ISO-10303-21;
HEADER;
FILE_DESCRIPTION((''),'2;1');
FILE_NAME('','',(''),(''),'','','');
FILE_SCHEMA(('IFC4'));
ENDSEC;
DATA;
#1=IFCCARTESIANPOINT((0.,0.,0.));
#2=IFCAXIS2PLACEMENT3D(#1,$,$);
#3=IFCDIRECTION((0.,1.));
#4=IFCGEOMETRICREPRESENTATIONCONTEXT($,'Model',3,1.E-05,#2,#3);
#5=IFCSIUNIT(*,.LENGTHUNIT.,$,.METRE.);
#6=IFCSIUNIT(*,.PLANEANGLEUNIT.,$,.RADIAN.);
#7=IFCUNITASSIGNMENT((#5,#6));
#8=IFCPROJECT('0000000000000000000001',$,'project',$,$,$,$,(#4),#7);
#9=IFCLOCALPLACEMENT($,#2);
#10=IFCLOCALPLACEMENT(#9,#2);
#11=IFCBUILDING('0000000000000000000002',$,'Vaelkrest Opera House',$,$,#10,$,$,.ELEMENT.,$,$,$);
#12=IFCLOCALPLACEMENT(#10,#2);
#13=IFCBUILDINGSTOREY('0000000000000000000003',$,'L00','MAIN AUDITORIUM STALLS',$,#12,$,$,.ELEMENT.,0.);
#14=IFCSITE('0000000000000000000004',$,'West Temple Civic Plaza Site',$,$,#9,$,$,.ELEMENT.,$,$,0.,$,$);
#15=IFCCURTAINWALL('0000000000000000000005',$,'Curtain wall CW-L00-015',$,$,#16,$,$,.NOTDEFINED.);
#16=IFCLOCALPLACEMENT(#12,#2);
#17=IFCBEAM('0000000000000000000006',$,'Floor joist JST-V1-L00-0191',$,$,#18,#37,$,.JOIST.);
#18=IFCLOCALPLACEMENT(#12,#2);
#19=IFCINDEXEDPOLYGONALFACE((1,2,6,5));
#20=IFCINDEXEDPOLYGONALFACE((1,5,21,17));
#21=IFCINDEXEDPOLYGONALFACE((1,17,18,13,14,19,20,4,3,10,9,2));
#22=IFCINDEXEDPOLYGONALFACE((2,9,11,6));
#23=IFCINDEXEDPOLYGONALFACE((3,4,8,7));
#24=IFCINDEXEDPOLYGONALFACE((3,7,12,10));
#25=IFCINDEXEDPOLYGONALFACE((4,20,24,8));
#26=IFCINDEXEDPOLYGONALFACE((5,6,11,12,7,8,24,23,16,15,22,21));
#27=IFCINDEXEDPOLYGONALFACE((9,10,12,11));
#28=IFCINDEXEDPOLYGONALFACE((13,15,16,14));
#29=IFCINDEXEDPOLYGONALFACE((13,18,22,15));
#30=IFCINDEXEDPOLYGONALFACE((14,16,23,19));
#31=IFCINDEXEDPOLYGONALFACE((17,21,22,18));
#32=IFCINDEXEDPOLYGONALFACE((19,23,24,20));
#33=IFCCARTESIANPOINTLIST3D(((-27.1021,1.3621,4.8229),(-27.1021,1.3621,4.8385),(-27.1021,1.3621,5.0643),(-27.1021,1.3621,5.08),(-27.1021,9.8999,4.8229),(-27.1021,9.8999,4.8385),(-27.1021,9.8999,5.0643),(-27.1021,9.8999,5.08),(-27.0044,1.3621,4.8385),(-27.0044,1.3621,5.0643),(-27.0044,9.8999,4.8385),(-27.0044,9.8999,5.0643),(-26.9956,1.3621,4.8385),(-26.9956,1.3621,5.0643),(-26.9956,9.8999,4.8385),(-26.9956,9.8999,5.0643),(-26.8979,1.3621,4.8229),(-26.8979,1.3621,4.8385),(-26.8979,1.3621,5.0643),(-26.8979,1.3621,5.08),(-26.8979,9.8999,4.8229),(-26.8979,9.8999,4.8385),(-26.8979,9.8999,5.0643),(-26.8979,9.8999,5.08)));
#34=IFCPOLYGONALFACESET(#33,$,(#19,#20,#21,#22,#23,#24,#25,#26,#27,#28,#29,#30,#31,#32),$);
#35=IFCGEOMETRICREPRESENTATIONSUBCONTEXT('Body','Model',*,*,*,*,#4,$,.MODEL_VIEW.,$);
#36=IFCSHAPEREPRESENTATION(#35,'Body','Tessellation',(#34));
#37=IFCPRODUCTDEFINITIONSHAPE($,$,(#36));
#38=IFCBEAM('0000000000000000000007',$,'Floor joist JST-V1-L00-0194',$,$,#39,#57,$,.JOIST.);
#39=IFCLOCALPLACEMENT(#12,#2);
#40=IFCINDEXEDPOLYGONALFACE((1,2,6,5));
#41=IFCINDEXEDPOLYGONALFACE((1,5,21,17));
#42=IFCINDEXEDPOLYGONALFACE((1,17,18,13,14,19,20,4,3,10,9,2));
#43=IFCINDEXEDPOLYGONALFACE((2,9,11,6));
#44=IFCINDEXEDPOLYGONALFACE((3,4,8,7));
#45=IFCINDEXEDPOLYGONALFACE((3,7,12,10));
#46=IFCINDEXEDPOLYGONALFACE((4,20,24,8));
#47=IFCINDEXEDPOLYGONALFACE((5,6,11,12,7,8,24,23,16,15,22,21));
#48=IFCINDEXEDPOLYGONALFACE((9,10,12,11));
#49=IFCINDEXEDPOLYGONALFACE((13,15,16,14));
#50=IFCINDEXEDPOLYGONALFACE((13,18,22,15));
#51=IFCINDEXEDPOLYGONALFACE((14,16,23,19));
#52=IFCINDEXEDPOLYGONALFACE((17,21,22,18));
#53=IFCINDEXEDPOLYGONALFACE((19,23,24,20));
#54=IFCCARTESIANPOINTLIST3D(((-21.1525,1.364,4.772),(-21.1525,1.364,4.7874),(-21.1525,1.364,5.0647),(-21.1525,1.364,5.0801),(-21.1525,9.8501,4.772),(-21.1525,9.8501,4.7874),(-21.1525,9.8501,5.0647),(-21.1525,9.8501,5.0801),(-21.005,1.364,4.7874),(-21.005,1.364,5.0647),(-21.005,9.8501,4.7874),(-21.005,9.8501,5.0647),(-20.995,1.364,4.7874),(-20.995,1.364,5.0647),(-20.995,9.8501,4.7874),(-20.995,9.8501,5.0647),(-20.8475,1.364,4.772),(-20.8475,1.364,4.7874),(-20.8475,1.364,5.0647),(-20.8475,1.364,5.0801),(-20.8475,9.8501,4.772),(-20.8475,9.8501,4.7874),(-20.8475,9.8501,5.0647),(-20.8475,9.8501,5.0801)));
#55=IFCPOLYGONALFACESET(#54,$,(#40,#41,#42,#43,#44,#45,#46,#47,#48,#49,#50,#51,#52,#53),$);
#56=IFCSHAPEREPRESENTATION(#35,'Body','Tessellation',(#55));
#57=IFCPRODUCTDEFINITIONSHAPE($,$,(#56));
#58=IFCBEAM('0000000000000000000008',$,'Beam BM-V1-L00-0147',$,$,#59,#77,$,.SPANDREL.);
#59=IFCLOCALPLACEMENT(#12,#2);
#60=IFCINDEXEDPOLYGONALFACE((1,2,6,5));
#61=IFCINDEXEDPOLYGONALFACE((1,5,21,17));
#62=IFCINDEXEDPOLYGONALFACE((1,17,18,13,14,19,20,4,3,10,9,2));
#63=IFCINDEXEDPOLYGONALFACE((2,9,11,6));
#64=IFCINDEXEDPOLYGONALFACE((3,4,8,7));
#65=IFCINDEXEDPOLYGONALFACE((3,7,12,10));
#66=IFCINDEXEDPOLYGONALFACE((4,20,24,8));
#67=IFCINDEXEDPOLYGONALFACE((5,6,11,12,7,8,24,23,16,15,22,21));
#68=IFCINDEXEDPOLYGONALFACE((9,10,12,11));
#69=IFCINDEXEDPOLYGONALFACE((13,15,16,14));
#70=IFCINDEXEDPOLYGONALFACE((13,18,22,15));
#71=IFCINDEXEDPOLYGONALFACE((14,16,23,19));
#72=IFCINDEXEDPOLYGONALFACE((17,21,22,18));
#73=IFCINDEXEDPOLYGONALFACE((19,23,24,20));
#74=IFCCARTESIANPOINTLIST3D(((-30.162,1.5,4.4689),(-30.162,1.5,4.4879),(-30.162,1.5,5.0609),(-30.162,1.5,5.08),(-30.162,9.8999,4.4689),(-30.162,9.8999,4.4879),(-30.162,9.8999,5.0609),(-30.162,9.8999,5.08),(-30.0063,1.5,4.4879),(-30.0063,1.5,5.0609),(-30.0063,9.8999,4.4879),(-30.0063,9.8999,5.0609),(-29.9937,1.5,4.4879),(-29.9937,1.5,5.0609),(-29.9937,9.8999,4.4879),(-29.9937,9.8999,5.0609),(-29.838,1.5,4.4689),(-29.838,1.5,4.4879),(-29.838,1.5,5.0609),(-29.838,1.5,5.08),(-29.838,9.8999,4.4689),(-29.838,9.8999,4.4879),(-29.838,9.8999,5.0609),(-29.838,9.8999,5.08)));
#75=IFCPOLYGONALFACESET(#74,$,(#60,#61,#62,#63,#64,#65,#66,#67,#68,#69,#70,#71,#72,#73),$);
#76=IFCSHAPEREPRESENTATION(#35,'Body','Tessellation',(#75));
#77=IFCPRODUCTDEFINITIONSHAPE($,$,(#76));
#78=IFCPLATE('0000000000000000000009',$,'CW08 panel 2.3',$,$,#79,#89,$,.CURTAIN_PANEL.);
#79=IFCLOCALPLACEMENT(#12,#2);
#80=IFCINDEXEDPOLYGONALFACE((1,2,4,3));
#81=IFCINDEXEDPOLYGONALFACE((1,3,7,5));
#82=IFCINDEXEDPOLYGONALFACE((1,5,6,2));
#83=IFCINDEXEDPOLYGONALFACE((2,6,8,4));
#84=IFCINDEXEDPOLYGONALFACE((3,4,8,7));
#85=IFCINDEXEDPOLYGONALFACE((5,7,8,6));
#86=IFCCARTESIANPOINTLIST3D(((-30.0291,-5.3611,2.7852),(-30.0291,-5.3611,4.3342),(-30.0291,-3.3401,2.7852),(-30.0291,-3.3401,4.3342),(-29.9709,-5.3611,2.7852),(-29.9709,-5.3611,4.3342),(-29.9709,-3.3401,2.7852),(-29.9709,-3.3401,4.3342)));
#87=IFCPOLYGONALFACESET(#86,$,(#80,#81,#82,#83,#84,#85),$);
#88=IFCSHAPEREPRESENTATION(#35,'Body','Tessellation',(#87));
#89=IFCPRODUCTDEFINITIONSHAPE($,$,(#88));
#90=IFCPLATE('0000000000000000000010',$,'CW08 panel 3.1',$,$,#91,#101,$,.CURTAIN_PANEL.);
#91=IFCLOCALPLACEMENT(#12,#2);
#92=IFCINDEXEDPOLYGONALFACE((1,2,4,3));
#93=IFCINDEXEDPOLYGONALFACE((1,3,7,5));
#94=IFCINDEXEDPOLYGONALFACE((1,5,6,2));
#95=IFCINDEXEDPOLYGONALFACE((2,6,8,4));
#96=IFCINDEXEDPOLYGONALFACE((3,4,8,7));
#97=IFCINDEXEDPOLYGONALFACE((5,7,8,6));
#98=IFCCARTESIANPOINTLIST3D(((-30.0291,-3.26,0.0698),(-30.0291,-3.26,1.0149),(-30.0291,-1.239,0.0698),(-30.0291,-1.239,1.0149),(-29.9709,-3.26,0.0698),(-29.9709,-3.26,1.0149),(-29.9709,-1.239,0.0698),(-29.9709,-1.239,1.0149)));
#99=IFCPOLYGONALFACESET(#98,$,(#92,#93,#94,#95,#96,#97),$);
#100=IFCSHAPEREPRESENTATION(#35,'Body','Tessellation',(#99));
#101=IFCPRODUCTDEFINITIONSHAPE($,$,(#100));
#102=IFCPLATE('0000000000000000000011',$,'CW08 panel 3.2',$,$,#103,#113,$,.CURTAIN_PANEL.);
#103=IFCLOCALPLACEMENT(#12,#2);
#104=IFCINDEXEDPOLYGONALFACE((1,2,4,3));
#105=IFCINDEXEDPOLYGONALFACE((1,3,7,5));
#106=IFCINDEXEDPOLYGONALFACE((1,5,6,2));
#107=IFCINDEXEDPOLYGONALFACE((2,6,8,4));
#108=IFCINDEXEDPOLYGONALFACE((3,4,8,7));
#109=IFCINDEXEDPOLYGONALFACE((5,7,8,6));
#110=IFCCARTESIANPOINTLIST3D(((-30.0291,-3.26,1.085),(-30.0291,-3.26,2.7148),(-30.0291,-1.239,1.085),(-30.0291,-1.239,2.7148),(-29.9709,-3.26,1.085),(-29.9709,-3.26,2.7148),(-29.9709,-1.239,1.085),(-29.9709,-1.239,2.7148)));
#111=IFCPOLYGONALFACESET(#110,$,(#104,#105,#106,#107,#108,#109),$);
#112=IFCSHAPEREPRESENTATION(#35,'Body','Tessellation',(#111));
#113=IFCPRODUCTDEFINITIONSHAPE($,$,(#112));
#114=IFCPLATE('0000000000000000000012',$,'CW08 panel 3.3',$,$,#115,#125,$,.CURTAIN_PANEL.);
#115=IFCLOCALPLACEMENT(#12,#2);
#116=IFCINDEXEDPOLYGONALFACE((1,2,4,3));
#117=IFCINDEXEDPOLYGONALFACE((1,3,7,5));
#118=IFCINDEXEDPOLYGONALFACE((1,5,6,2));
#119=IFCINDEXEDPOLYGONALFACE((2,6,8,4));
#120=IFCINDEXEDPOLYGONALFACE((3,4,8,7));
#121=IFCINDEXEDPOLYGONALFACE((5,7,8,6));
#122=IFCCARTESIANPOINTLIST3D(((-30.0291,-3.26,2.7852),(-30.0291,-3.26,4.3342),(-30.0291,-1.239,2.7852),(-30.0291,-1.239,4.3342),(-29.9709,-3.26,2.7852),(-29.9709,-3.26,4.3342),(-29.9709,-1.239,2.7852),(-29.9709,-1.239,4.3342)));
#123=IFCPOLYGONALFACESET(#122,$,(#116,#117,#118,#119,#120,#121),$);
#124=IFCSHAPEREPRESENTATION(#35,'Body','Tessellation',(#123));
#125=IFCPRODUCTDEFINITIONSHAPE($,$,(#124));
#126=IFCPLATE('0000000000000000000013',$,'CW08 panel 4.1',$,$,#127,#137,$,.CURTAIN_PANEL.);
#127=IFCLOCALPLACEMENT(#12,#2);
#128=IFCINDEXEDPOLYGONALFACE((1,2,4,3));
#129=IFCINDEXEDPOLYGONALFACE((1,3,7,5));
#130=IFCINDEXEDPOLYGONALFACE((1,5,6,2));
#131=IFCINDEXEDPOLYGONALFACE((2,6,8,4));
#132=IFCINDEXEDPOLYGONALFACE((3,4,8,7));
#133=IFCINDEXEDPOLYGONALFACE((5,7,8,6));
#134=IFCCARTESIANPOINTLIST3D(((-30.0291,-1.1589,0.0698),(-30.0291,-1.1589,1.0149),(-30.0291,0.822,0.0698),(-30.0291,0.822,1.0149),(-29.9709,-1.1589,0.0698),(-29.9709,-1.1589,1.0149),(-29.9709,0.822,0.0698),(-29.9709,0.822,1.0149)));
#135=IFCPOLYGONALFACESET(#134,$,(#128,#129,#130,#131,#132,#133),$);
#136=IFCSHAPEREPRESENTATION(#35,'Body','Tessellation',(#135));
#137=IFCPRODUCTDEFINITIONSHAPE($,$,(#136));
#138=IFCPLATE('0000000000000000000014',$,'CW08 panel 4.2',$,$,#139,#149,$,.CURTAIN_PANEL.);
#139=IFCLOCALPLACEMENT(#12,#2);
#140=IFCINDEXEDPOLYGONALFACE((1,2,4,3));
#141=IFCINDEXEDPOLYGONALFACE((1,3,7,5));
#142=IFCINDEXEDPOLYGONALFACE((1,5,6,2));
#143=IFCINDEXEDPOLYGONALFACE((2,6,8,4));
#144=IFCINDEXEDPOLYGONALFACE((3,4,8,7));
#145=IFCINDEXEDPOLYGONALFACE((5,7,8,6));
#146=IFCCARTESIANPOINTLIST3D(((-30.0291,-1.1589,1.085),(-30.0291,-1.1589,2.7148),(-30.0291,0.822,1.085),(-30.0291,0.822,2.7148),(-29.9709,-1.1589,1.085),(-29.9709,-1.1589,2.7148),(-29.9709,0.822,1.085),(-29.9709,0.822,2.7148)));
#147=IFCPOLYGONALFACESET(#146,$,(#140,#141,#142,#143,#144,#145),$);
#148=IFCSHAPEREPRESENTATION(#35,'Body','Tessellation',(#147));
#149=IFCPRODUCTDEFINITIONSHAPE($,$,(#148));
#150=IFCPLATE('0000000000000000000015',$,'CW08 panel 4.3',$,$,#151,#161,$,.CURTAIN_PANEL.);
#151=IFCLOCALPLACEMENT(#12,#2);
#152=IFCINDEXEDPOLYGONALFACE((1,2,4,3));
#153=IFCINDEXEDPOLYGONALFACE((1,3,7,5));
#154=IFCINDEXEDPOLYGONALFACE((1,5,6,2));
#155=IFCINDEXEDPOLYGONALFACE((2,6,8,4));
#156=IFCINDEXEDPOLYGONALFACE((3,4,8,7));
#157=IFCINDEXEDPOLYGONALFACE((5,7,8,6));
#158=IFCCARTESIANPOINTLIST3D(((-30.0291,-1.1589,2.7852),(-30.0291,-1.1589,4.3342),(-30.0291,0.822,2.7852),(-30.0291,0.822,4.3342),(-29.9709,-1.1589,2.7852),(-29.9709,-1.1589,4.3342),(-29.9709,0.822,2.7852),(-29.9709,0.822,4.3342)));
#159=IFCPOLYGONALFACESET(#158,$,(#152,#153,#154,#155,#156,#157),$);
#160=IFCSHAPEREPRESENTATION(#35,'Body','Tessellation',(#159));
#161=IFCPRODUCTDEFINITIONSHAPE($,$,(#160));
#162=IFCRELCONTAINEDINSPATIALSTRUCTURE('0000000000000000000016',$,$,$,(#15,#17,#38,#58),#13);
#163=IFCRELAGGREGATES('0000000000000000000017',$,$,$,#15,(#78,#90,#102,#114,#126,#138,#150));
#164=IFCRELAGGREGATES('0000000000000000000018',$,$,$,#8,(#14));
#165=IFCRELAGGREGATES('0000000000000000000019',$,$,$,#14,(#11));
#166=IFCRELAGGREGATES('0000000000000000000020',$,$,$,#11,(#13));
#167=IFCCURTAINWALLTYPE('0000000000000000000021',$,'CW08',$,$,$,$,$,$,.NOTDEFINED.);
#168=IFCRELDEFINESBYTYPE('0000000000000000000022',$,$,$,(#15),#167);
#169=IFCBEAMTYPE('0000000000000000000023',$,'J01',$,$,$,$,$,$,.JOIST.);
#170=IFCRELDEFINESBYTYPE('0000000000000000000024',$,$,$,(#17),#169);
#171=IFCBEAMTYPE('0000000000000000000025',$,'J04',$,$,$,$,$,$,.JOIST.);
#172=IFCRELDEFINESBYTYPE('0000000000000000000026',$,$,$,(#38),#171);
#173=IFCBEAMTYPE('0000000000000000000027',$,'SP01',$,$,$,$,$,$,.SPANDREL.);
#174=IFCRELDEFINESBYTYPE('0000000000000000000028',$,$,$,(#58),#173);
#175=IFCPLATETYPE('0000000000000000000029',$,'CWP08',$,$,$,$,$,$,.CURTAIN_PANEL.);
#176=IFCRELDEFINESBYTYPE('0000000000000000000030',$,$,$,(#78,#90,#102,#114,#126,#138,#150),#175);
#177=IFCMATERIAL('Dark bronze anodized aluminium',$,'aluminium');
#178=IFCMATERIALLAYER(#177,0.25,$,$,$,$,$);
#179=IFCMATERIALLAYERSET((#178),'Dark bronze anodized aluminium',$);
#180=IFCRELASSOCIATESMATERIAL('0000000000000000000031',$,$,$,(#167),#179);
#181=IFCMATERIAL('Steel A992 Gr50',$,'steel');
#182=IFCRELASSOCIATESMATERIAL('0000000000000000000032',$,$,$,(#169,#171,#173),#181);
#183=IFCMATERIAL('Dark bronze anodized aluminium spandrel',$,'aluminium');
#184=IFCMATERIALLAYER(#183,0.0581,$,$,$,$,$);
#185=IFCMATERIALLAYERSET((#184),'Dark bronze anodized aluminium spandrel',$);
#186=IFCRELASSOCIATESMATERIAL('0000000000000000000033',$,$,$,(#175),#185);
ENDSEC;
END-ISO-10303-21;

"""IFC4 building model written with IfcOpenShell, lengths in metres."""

from ifc_helpers import new_model, si_unit, direction, frame, origin, origin_2d, place, context, subcontext, project, spatial, rectangle, i_section, extrude, material, layer, layer_set, material_profile, profile_set, type_object, element, aggregate, save


model = new_model("IFC4")

# Units and contexts
model_context = context("Model", 3, precision=1e-05, world=origin(), true_north=direction((0.0, 1.0)))
body_context = subcontext(model_context, "Body", "Model", "MODEL_VIEW")
ifc_project = project(units=[si_unit("LENGTHUNIT", "METRE"), si_unit("PLANEANGLEUNIT", "RADIAN")], contexts=[model_context])

# Site, building, storey
site_placement = place(None, origin())
site = spatial("IfcSite", under=ifc_project, at=site_placement, Name="West Temple Civic Plaza Site", CompositionType="ELEMENT", RefElevation=0.0)
building_placement = place(site_placement, origin())
building = spatial("IfcBuilding", under=site, at=building_placement, Name="Vaelkrest Opera House", CompositionType="ELEMENT")
storey_placement = place(building_placement, origin())
storey = spatial("IfcBuildingStorey", under=building, at=storey_placement, Name="L00", Description="MAIN AUDITORIUM STALLS", CompositionType="ELEMENT", Elevation=0.0)

# Shared definitions
ifc_material_1 = material(Name="Steel A992 Gr50", Category="steel")

# Curtain wall
ifc_material_2 = material(Name="Dark bronze anodized aluminium", Category="aluminium")
ifc_layer_1 = layer(ifc_material_2, 0.25)
ifc_layer_set_1 = layer_set([ifc_layer_1], Name="Dark bronze anodized aluminium")
curtain_wall_type = type_object("IfcCurtainWallType", Name="CW08", PredefinedType="NOTDEFINED", material=ifc_layer_set_1)
curtain_wall_placement = place(storey_placement, origin())
curtain_wall = element("IfcCurtainWall", 1, at=curtain_wall_placement, inside=storey, type_object=curtain_wall_type, Name="Curtain wall CW-L00-015", PredefinedType="NOTDEFINED")

# Beams
ifc_material_profile_1 = material_profile(ifc_material_1, i_section(OverallWidth=0.2041, OverallDepth=0.2571, WebThickness=0.0088, FlangeThickness=0.0156, at=origin_2d()), Name="W10X45")
ifc_profile_set_1 = profile_set([ifc_material_profile_1], Name="Steel A992 Gr50")
beam_type_1 = type_object("IfcBeamType", Name="J01", PredefinedType="JOIST", material=ifc_profile_set_1)
beam_1_placement = place(storey_placement, frame((-27.0, 1.3621, 4.9514), z_axis=(0.0, 1.0, 0.0), x_axis=(-1.0, 0.0, 0.0)))
element("IfcBeam", 2, at=beam_1_placement, inside=storey, type_object=beam_type_1, Name="Floor joist JST-V1-L00-0191", PredefinedType="JOIST", context=body_context, shape_type="SweptSolid", body=[
    extrude(i_section(OverallWidth=0.2041, OverallDepth=0.2571, WebThickness=0.0088, FlangeThickness=0.0156, at=origin_2d()), origin(), (0.0, 0.0, 1.0), 8.5378),
])
ifc_material_profile_2 = material_profile(ifc_material_1, i_section(OverallWidth=0.3049, OverallDepth=0.3081, WebThickness=0.01, FlangeThickness=0.0154, at=origin_2d()), Name="W12X65")
ifc_profile_set_2 = profile_set([ifc_material_profile_2], Name="Steel A992 Gr50")
beam_type_2 = type_object("IfcBeamType", Name="J04", PredefinedType="JOIST", material=ifc_profile_set_2)
beam_2_placement = place(storey_placement, frame((-21.0, 1.364, 4.926), z_axis=(0.0, 1.0, 0.0), x_axis=(-1.0, 0.0, 0.0)))
element("IfcBeam", 3, at=beam_2_placement, inside=storey, type_object=beam_type_2, Name="Floor joist JST-V1-L00-0194", PredefinedType="JOIST", context=body_context, shape_type="SweptSolid", body=[
    extrude(i_section(OverallWidth=0.3049, OverallDepth=0.3081, WebThickness=0.01, FlangeThickness=0.0154, at=origin_2d()), origin(), (0.0, 0.0, 1.0), 8.4861),
])
ifc_material_profile_3 = material_profile(ifc_material_1, i_section(OverallWidth=0.324, OverallDepth=0.6111, WebThickness=0.0127, FlangeThickness=0.019, at=origin_2d()), Name="W24X104")
ifc_profile_set_3 = profile_set([ifc_material_profile_3], Name="Steel A992 Gr50")
beam_type_3 = type_object("IfcBeamType", Name="SP01", PredefinedType="SPANDREL", material=ifc_profile_set_3)
beam_3_placement = place(storey_placement, frame((-30.0, 1.5, 4.7744), z_axis=(0.0, 1.0, 0.0), x_axis=(-1.0, 0.0, 0.0)))
element("IfcBeam", 4, at=beam_3_placement, inside=storey, type_object=beam_type_3, Name="Beam BM-V1-L00-0147", PredefinedType="SPANDREL", context=body_context, shape_type="SweptSolid", body=[
    extrude(i_section(OverallWidth=0.324, OverallDepth=0.6111, WebThickness=0.0127, FlangeThickness=0.019, at=origin_2d()), origin(), (0.0, 0.0, 1.0), 8.3999),
])

# Plates
ifc_material_3 = material(Name="Dark bronze anodized aluminium spandrel", Category="aluminium")
ifc_layer_2 = layer(ifc_material_3, 0.0581)
ifc_layer_set_2 = layer_set([ifc_layer_2], Name="Dark bronze anodized aluminium spandrel")
plate_type = type_object("IfcPlateType", Name="CWP08", PredefinedType="CURTAIN_PANEL", material=ifc_layer_set_2)
plate_1_placement = place(storey_placement, frame((-30.0, -4.3506, 2.7852), z_axis=(0.0, 0.0, 1.0), x_axis=(0.0, 1.0, 0.0)))
plate_1 = element("IfcPlate", 5, at=plate_1_placement, type_object=plate_type, Name="CW08 panel 2.3", PredefinedType="CURTAIN_PANEL", context=body_context, shape_type="SweptSolid", body=[
    extrude(rectangle(XDim=2.021, YDim=0.0581, at=origin_2d()), origin(), (0.0, 0.0, 1.0), 1.5491),
])
plate_2_placement = place(storey_placement, frame((-30.0, -2.2495, 0.0698), z_axis=(0.0, 0.0, 1.0), x_axis=(0.0, 1.0, 0.0)))
plate_2 = element("IfcPlate", 6, at=plate_2_placement, type_object=plate_type, Name="CW08 panel 3.1", PredefinedType="CURTAIN_PANEL", context=body_context, shape_type="SweptSolid", body=[
    extrude(rectangle(XDim=2.021, YDim=0.0581, at=origin_2d()), origin(), (0.0, 0.0, 1.0), 0.9451),
])
plate_3_placement = place(storey_placement, frame((-30.0, -2.2495, 1.085), z_axis=(0.0, 0.0, 1.0), x_axis=(0.0, 1.0, 0.0)))
plate_3 = element("IfcPlate", 7, at=plate_3_placement, type_object=plate_type, Name="CW08 panel 3.2", PredefinedType="CURTAIN_PANEL", context=body_context, shape_type="SweptSolid", body=[
    extrude(rectangle(XDim=2.021, YDim=0.0581, at=origin_2d()), origin(), (0.0, 0.0, 1.0), 1.6299),
])
plate_4_placement = place(storey_placement, frame((-30.0, -2.2495, 2.7852), z_axis=(0.0, 0.0, 1.0), x_axis=(0.0, 1.0, 0.0)))
plate_4 = element("IfcPlate", 8, at=plate_4_placement, type_object=plate_type, Name="CW08 panel 3.3", PredefinedType="CURTAIN_PANEL", context=body_context, shape_type="SweptSolid", body=[
    extrude(rectangle(XDim=2.021, YDim=0.0581, at=origin_2d()), origin(), (0.0, 0.0, 1.0), 1.5491),
])
plate_5_placement = place(storey_placement, frame((-30.0, -0.1685, 0.0698), z_axis=(0.0, 0.0, 1.0), x_axis=(0.0, 1.0, 0.0)))
plate_5 = element("IfcPlate", 9, at=plate_5_placement, type_object=plate_type, Name="CW08 panel 4.1", PredefinedType="CURTAIN_PANEL", context=body_context, shape_type="SweptSolid", body=[
    extrude(rectangle(XDim=1.981, YDim=0.0581, at=origin_2d()), origin(), (0.0, 0.0, 1.0), 0.9451),
])
plate_6_placement = place(storey_placement, frame((-30.0, -0.1685, 1.085), z_axis=(0.0, 0.0, 1.0), x_axis=(0.0, 1.0, 0.0)))
plate_6 = element("IfcPlate", 10, at=plate_6_placement, type_object=plate_type, Name="CW08 panel 4.2", PredefinedType="CURTAIN_PANEL", context=body_context, shape_type="SweptSolid", body=[
    extrude(rectangle(XDim=1.981, YDim=0.0581, at=origin_2d()), origin(), (0.0, 0.0, 1.0), 1.6299),
])
plate_7_placement = place(storey_placement, frame((-30.0, -0.1685, 2.7852), z_axis=(0.0, 0.0, 1.0), x_axis=(0.0, 1.0, 0.0)))
plate_7 = element("IfcPlate", 11, at=plate_7_placement, type_object=plate_type, Name="CW08 panel 4.3", PredefinedType="CURTAIN_PANEL", context=body_context, shape_type="SweptSolid", body=[
    extrude(rectangle(XDim=1.981, YDim=0.0581, at=origin_2d()), origin(), (0.0, 0.0, 1.0), 1.5491),
])
aggregate(curtain_wall, [plate_1, plate_2, plate_3, plate_4, plate_5, plate_6, plate_7])

save(model, "model.ifc")
